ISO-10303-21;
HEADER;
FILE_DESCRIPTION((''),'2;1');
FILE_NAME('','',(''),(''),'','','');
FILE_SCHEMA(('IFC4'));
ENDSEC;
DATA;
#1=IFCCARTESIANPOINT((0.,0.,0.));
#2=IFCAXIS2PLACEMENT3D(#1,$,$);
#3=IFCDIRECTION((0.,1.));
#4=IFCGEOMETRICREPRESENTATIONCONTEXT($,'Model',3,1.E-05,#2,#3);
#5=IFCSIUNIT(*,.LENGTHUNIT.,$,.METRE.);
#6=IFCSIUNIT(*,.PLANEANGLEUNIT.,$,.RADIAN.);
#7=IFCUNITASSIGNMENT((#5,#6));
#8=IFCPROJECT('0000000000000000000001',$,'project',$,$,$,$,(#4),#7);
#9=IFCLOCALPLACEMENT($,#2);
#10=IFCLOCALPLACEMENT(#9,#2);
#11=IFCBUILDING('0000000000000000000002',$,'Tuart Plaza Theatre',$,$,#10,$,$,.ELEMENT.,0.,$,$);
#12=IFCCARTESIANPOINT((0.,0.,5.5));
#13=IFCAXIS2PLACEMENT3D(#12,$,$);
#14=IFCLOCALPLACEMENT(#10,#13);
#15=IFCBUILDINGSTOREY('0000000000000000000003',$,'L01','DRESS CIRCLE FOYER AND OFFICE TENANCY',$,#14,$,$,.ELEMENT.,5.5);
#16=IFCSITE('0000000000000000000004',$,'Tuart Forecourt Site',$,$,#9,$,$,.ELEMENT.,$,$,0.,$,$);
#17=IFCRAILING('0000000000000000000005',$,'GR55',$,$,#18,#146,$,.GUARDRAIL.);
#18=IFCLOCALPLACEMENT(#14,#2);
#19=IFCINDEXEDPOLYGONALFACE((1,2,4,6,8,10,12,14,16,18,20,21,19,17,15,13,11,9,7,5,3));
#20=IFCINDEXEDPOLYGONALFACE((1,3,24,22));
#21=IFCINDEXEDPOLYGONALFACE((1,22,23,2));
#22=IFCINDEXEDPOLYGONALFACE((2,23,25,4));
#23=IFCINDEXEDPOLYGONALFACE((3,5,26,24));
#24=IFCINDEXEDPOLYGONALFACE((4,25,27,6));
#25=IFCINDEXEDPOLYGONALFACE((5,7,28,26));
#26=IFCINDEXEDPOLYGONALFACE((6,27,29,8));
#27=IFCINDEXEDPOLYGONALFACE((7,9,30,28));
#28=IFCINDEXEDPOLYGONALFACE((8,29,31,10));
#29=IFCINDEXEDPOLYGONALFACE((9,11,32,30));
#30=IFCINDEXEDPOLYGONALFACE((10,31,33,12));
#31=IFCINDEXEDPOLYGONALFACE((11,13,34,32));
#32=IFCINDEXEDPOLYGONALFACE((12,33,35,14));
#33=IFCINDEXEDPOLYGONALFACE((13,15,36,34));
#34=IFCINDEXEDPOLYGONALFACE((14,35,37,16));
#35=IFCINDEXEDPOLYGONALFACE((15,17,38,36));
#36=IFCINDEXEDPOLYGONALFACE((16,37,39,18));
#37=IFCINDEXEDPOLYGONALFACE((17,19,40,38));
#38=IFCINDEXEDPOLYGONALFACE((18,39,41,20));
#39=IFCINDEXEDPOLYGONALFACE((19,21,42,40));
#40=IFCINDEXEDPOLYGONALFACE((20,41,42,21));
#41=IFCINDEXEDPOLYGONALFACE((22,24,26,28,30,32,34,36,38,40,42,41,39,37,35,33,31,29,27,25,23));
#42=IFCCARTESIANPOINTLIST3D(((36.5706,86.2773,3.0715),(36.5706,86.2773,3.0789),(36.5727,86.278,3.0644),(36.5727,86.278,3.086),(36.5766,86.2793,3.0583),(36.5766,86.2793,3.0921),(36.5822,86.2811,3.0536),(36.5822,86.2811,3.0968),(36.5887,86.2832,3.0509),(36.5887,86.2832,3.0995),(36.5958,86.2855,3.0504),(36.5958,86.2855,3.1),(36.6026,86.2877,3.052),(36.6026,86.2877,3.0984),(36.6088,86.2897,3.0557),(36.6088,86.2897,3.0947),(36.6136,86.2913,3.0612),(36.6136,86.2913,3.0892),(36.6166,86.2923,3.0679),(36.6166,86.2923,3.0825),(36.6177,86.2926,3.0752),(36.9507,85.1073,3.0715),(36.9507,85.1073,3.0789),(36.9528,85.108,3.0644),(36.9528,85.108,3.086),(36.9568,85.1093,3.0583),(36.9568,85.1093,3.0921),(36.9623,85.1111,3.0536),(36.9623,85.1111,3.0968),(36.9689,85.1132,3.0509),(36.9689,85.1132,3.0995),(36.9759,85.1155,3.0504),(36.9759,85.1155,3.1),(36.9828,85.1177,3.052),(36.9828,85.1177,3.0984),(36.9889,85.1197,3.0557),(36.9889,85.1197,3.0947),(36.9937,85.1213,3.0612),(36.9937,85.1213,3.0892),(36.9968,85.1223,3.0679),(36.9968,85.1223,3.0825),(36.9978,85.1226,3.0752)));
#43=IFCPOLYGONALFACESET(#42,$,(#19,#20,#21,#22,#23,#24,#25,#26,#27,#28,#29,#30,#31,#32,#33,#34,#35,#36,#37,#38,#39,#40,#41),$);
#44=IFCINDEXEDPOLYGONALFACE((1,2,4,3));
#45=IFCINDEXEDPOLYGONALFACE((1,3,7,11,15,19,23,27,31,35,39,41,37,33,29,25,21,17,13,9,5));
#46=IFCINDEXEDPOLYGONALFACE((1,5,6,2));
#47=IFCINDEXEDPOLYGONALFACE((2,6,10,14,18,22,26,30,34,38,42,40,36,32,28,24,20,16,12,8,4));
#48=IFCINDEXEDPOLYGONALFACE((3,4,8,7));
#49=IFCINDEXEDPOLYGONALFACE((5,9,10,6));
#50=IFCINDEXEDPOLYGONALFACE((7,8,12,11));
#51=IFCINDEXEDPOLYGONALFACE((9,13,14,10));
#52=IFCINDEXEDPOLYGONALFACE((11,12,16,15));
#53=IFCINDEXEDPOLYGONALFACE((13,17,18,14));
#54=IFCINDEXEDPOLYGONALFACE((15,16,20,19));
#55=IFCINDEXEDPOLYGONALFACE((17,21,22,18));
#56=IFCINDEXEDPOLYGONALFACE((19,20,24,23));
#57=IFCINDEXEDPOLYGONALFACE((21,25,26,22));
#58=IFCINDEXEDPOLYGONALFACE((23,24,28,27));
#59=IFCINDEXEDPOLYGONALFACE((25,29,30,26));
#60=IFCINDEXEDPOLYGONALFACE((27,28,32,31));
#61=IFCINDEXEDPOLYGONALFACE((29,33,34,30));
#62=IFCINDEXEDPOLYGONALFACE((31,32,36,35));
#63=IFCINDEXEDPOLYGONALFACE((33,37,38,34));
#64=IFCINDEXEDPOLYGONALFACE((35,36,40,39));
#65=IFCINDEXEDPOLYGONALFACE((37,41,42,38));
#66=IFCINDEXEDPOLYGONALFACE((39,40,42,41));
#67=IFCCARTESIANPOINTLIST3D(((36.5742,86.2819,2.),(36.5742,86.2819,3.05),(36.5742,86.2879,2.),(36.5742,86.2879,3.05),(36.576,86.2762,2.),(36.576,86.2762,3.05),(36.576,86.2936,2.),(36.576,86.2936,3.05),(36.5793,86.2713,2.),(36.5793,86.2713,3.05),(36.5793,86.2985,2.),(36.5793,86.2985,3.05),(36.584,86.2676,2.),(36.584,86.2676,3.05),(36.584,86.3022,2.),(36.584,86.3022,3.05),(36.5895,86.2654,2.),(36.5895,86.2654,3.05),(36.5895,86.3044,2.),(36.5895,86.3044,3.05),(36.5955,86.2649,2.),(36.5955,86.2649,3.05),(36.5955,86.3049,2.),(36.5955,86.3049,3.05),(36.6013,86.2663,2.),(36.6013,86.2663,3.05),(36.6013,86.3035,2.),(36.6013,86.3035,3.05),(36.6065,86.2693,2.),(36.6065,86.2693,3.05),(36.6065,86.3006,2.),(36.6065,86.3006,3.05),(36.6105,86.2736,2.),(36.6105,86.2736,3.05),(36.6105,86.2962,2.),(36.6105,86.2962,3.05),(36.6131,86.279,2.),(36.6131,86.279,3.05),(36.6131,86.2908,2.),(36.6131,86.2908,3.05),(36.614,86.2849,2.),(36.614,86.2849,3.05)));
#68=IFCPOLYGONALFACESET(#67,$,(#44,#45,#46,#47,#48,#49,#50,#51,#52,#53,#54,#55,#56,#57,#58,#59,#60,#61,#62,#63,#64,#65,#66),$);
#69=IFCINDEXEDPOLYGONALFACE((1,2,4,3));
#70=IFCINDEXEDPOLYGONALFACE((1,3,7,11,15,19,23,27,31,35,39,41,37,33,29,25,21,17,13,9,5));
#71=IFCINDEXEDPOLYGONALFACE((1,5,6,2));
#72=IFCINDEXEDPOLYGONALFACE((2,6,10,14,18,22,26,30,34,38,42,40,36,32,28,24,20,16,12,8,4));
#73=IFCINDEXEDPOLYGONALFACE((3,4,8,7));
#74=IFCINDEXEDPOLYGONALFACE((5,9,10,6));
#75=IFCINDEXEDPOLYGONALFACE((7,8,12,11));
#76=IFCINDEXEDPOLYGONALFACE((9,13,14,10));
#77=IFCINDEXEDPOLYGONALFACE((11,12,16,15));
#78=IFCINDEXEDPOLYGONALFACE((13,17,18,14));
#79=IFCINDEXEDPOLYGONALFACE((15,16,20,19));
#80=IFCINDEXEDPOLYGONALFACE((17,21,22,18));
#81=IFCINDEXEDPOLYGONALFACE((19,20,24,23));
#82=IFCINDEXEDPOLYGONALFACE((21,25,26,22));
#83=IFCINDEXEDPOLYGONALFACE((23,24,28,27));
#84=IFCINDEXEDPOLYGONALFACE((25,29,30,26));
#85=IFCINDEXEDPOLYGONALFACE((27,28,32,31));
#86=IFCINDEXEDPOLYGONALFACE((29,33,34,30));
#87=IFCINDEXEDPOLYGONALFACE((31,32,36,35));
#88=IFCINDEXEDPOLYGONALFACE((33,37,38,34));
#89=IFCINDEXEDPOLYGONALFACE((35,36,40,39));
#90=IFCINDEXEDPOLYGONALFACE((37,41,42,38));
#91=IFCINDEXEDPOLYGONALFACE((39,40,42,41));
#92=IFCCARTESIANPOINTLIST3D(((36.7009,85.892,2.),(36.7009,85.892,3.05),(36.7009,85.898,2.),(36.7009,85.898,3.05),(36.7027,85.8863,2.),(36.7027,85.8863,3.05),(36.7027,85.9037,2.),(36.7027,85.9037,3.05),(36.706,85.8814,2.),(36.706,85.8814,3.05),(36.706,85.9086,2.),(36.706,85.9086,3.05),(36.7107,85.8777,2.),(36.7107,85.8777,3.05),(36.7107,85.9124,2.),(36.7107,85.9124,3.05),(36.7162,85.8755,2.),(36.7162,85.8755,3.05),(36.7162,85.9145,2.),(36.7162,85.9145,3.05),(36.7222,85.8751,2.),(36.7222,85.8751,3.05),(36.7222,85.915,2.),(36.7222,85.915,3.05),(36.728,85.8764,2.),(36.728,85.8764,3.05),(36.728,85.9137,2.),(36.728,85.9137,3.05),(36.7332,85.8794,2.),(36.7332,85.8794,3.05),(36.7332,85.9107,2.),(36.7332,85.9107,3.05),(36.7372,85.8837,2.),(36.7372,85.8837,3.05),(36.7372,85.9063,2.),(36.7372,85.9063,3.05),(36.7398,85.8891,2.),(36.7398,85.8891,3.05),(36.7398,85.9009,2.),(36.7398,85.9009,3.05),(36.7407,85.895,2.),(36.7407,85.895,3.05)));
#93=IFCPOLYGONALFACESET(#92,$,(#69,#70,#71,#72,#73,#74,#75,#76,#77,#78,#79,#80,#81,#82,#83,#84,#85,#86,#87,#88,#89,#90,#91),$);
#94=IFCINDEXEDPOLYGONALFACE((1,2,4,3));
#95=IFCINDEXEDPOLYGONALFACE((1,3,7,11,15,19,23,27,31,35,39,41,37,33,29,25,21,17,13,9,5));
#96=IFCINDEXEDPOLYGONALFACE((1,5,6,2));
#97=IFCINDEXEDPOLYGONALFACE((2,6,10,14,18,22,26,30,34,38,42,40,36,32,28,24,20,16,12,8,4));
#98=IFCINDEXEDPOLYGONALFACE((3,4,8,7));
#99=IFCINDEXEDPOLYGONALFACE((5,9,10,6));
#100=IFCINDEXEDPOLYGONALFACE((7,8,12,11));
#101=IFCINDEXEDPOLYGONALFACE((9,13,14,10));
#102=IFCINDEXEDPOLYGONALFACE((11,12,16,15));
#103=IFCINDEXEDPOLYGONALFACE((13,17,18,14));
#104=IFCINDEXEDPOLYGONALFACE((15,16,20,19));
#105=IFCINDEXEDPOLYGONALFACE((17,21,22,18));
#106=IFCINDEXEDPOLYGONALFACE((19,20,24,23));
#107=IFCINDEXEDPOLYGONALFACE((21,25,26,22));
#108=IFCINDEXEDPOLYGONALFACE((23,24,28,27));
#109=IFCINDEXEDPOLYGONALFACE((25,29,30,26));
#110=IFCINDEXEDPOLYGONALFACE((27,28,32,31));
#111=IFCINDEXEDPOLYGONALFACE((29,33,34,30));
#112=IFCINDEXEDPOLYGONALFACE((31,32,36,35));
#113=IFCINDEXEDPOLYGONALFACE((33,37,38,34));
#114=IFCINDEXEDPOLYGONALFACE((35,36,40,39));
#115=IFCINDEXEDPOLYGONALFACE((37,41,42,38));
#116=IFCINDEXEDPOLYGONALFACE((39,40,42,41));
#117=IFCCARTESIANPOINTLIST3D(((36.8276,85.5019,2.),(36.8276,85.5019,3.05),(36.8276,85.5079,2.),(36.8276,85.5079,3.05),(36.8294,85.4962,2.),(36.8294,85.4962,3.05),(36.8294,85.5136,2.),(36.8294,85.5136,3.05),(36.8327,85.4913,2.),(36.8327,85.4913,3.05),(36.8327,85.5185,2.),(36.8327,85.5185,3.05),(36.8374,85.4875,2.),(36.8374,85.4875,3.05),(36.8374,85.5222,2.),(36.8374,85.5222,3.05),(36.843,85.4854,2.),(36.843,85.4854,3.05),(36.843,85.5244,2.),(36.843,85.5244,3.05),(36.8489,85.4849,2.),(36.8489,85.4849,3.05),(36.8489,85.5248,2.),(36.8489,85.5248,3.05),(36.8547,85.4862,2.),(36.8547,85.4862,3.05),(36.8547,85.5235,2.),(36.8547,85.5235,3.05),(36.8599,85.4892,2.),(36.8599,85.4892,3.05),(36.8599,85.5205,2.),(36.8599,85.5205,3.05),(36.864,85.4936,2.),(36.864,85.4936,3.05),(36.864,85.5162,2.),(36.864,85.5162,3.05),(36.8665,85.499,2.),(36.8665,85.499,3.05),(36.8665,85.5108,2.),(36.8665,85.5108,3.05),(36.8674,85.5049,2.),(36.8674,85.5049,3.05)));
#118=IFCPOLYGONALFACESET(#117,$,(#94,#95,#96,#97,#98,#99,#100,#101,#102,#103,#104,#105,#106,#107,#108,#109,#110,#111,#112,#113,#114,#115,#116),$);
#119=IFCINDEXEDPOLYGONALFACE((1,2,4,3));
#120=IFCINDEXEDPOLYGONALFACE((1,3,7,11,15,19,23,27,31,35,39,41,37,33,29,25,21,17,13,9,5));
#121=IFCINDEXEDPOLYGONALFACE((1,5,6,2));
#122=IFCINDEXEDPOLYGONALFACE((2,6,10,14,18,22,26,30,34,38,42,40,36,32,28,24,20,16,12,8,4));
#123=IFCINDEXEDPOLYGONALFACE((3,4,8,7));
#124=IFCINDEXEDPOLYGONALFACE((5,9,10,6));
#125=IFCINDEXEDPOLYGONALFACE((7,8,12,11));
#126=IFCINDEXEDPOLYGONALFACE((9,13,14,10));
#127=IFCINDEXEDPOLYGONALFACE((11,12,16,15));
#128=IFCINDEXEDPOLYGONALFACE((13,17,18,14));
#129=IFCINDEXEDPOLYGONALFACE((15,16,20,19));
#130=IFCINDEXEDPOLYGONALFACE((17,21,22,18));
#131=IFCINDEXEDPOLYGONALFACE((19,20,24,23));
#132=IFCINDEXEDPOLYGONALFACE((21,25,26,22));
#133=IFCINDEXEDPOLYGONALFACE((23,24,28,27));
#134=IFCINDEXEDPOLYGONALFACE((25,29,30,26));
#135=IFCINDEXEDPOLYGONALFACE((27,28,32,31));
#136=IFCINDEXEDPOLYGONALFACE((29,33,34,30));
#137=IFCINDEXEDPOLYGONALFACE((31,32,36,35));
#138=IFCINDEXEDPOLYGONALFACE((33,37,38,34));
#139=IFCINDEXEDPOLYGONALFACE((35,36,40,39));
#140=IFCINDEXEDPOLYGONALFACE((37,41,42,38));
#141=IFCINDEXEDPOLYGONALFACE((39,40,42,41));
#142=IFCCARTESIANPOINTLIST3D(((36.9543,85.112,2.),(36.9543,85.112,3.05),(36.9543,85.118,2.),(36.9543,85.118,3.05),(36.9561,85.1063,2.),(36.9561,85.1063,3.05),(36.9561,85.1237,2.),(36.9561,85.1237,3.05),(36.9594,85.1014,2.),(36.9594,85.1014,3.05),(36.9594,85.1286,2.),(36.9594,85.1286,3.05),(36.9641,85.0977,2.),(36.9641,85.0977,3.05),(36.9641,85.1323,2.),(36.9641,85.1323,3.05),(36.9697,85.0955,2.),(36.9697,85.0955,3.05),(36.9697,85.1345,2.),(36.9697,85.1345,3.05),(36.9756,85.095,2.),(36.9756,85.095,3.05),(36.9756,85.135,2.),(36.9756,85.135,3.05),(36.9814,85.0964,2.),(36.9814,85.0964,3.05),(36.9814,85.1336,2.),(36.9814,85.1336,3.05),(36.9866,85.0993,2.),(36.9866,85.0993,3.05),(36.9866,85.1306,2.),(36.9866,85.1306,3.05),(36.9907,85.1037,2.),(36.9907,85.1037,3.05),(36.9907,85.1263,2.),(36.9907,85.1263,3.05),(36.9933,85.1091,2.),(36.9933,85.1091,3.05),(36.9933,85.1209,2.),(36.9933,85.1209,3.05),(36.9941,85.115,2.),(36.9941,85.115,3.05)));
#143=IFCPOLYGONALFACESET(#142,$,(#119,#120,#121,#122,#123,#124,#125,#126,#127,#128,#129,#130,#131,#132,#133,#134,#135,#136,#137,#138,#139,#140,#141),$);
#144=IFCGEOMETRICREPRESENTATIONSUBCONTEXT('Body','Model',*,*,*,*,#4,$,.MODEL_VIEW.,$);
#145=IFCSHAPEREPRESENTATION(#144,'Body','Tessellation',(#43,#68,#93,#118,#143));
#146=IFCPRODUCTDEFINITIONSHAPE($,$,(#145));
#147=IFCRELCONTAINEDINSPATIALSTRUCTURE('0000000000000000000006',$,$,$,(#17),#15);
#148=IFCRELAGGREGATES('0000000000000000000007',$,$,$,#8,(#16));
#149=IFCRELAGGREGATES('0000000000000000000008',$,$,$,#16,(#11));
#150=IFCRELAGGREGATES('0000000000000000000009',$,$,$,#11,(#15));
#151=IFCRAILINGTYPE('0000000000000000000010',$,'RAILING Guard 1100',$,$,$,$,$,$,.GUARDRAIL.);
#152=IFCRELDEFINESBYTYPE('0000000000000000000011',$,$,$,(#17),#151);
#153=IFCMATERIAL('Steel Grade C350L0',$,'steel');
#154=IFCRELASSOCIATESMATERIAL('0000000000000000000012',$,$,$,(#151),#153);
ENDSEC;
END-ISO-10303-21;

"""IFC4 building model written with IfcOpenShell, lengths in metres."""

from ifc_helpers import new_model, si_unit, direction, frame, origin, origin_2d, place, context, subcontext, project, spatial, circle, extrude, material, type_object, element, save


model = new_model("IFC4")

# Units and contexts
model_context = context("Model", 3, precision=1e-05, world=origin(), true_north=direction((0.0, 1.0)))
body_context = subcontext(model_context, "Body", "Model", "MODEL_VIEW")
ifc_project = project(units=[si_unit("LENGTHUNIT", "METRE"), si_unit("PLANEANGLEUNIT", "RADIAN")], contexts=[model_context])

# Site, building, storey
site_placement = place(None, origin())
site = spatial("IfcSite", under=ifc_project, at=site_placement, Name="Tuart Forecourt Site", CompositionType="ELEMENT", RefElevation=0.0)
building_placement = place(site_placement, origin())
building = spatial("IfcBuilding", under=site, at=building_placement, Name="Tuart Plaza Theatre", CompositionType="ELEMENT", ElevationOfRefHeight=0.0)
storey_placement = place(building_placement, frame((0.0, 0.0, 5.5)))
storey = spatial("IfcBuildingStorey", under=building, at=storey_placement, Name="L01", Description="DRESS CIRCLE FOYER AND OFFICE TENANCY", CompositionType="ELEMENT", Elevation=5.5)

# Railing
ifc_material_1 = material(Name="Steel Grade C350L0", Category="steel")
railing_type = type_object("IfcRailingType", Name="RAILING Guard 1100", PredefinedType="GUARDRAIL", material=ifc_material_1)
railing_1_placement = place(storey_placement, frame((36.594, 86.2849, 2.0)))
element("IfcRailing", 1, at=railing_1_placement, inside=storey, type_object=railing_type, Name="GR55", PredefinedType="GUARDRAIL", context=body_context, shape_type="SweptSolid", body=[
    extrude(circle(Radius=0.0249, at=origin_2d()), frame((0.0, 0.0, 1.0752), z_axis=(0.309014, -0.951057, 0.0), x_axis=(0.951057, 0.309014, 0.0)), (0.0, 0.0, 1.0), 1.2302),
    extrude(circle(Radius=0.02, at=origin_2d()), origin(), (0.0, 0.0, 1.0), 1.05),
    extrude(circle(Radius=0.02, at=origin_2d()), frame((0.1267, -0.3899, 0.0)), (0.0, 0.0, 1.0), 1.05),
    extrude(circle(Radius=0.02, at=origin_2d()), frame((0.2534, -0.78, 0.0)), (0.0, 0.0, 1.0), 1.05),
    extrude(circle(Radius=0.02, at=origin_2d()), frame((0.3801, -1.1699, 0.0)), (0.0, 0.0, 1.0), 1.05),
])

save(model, "model.ifc")
